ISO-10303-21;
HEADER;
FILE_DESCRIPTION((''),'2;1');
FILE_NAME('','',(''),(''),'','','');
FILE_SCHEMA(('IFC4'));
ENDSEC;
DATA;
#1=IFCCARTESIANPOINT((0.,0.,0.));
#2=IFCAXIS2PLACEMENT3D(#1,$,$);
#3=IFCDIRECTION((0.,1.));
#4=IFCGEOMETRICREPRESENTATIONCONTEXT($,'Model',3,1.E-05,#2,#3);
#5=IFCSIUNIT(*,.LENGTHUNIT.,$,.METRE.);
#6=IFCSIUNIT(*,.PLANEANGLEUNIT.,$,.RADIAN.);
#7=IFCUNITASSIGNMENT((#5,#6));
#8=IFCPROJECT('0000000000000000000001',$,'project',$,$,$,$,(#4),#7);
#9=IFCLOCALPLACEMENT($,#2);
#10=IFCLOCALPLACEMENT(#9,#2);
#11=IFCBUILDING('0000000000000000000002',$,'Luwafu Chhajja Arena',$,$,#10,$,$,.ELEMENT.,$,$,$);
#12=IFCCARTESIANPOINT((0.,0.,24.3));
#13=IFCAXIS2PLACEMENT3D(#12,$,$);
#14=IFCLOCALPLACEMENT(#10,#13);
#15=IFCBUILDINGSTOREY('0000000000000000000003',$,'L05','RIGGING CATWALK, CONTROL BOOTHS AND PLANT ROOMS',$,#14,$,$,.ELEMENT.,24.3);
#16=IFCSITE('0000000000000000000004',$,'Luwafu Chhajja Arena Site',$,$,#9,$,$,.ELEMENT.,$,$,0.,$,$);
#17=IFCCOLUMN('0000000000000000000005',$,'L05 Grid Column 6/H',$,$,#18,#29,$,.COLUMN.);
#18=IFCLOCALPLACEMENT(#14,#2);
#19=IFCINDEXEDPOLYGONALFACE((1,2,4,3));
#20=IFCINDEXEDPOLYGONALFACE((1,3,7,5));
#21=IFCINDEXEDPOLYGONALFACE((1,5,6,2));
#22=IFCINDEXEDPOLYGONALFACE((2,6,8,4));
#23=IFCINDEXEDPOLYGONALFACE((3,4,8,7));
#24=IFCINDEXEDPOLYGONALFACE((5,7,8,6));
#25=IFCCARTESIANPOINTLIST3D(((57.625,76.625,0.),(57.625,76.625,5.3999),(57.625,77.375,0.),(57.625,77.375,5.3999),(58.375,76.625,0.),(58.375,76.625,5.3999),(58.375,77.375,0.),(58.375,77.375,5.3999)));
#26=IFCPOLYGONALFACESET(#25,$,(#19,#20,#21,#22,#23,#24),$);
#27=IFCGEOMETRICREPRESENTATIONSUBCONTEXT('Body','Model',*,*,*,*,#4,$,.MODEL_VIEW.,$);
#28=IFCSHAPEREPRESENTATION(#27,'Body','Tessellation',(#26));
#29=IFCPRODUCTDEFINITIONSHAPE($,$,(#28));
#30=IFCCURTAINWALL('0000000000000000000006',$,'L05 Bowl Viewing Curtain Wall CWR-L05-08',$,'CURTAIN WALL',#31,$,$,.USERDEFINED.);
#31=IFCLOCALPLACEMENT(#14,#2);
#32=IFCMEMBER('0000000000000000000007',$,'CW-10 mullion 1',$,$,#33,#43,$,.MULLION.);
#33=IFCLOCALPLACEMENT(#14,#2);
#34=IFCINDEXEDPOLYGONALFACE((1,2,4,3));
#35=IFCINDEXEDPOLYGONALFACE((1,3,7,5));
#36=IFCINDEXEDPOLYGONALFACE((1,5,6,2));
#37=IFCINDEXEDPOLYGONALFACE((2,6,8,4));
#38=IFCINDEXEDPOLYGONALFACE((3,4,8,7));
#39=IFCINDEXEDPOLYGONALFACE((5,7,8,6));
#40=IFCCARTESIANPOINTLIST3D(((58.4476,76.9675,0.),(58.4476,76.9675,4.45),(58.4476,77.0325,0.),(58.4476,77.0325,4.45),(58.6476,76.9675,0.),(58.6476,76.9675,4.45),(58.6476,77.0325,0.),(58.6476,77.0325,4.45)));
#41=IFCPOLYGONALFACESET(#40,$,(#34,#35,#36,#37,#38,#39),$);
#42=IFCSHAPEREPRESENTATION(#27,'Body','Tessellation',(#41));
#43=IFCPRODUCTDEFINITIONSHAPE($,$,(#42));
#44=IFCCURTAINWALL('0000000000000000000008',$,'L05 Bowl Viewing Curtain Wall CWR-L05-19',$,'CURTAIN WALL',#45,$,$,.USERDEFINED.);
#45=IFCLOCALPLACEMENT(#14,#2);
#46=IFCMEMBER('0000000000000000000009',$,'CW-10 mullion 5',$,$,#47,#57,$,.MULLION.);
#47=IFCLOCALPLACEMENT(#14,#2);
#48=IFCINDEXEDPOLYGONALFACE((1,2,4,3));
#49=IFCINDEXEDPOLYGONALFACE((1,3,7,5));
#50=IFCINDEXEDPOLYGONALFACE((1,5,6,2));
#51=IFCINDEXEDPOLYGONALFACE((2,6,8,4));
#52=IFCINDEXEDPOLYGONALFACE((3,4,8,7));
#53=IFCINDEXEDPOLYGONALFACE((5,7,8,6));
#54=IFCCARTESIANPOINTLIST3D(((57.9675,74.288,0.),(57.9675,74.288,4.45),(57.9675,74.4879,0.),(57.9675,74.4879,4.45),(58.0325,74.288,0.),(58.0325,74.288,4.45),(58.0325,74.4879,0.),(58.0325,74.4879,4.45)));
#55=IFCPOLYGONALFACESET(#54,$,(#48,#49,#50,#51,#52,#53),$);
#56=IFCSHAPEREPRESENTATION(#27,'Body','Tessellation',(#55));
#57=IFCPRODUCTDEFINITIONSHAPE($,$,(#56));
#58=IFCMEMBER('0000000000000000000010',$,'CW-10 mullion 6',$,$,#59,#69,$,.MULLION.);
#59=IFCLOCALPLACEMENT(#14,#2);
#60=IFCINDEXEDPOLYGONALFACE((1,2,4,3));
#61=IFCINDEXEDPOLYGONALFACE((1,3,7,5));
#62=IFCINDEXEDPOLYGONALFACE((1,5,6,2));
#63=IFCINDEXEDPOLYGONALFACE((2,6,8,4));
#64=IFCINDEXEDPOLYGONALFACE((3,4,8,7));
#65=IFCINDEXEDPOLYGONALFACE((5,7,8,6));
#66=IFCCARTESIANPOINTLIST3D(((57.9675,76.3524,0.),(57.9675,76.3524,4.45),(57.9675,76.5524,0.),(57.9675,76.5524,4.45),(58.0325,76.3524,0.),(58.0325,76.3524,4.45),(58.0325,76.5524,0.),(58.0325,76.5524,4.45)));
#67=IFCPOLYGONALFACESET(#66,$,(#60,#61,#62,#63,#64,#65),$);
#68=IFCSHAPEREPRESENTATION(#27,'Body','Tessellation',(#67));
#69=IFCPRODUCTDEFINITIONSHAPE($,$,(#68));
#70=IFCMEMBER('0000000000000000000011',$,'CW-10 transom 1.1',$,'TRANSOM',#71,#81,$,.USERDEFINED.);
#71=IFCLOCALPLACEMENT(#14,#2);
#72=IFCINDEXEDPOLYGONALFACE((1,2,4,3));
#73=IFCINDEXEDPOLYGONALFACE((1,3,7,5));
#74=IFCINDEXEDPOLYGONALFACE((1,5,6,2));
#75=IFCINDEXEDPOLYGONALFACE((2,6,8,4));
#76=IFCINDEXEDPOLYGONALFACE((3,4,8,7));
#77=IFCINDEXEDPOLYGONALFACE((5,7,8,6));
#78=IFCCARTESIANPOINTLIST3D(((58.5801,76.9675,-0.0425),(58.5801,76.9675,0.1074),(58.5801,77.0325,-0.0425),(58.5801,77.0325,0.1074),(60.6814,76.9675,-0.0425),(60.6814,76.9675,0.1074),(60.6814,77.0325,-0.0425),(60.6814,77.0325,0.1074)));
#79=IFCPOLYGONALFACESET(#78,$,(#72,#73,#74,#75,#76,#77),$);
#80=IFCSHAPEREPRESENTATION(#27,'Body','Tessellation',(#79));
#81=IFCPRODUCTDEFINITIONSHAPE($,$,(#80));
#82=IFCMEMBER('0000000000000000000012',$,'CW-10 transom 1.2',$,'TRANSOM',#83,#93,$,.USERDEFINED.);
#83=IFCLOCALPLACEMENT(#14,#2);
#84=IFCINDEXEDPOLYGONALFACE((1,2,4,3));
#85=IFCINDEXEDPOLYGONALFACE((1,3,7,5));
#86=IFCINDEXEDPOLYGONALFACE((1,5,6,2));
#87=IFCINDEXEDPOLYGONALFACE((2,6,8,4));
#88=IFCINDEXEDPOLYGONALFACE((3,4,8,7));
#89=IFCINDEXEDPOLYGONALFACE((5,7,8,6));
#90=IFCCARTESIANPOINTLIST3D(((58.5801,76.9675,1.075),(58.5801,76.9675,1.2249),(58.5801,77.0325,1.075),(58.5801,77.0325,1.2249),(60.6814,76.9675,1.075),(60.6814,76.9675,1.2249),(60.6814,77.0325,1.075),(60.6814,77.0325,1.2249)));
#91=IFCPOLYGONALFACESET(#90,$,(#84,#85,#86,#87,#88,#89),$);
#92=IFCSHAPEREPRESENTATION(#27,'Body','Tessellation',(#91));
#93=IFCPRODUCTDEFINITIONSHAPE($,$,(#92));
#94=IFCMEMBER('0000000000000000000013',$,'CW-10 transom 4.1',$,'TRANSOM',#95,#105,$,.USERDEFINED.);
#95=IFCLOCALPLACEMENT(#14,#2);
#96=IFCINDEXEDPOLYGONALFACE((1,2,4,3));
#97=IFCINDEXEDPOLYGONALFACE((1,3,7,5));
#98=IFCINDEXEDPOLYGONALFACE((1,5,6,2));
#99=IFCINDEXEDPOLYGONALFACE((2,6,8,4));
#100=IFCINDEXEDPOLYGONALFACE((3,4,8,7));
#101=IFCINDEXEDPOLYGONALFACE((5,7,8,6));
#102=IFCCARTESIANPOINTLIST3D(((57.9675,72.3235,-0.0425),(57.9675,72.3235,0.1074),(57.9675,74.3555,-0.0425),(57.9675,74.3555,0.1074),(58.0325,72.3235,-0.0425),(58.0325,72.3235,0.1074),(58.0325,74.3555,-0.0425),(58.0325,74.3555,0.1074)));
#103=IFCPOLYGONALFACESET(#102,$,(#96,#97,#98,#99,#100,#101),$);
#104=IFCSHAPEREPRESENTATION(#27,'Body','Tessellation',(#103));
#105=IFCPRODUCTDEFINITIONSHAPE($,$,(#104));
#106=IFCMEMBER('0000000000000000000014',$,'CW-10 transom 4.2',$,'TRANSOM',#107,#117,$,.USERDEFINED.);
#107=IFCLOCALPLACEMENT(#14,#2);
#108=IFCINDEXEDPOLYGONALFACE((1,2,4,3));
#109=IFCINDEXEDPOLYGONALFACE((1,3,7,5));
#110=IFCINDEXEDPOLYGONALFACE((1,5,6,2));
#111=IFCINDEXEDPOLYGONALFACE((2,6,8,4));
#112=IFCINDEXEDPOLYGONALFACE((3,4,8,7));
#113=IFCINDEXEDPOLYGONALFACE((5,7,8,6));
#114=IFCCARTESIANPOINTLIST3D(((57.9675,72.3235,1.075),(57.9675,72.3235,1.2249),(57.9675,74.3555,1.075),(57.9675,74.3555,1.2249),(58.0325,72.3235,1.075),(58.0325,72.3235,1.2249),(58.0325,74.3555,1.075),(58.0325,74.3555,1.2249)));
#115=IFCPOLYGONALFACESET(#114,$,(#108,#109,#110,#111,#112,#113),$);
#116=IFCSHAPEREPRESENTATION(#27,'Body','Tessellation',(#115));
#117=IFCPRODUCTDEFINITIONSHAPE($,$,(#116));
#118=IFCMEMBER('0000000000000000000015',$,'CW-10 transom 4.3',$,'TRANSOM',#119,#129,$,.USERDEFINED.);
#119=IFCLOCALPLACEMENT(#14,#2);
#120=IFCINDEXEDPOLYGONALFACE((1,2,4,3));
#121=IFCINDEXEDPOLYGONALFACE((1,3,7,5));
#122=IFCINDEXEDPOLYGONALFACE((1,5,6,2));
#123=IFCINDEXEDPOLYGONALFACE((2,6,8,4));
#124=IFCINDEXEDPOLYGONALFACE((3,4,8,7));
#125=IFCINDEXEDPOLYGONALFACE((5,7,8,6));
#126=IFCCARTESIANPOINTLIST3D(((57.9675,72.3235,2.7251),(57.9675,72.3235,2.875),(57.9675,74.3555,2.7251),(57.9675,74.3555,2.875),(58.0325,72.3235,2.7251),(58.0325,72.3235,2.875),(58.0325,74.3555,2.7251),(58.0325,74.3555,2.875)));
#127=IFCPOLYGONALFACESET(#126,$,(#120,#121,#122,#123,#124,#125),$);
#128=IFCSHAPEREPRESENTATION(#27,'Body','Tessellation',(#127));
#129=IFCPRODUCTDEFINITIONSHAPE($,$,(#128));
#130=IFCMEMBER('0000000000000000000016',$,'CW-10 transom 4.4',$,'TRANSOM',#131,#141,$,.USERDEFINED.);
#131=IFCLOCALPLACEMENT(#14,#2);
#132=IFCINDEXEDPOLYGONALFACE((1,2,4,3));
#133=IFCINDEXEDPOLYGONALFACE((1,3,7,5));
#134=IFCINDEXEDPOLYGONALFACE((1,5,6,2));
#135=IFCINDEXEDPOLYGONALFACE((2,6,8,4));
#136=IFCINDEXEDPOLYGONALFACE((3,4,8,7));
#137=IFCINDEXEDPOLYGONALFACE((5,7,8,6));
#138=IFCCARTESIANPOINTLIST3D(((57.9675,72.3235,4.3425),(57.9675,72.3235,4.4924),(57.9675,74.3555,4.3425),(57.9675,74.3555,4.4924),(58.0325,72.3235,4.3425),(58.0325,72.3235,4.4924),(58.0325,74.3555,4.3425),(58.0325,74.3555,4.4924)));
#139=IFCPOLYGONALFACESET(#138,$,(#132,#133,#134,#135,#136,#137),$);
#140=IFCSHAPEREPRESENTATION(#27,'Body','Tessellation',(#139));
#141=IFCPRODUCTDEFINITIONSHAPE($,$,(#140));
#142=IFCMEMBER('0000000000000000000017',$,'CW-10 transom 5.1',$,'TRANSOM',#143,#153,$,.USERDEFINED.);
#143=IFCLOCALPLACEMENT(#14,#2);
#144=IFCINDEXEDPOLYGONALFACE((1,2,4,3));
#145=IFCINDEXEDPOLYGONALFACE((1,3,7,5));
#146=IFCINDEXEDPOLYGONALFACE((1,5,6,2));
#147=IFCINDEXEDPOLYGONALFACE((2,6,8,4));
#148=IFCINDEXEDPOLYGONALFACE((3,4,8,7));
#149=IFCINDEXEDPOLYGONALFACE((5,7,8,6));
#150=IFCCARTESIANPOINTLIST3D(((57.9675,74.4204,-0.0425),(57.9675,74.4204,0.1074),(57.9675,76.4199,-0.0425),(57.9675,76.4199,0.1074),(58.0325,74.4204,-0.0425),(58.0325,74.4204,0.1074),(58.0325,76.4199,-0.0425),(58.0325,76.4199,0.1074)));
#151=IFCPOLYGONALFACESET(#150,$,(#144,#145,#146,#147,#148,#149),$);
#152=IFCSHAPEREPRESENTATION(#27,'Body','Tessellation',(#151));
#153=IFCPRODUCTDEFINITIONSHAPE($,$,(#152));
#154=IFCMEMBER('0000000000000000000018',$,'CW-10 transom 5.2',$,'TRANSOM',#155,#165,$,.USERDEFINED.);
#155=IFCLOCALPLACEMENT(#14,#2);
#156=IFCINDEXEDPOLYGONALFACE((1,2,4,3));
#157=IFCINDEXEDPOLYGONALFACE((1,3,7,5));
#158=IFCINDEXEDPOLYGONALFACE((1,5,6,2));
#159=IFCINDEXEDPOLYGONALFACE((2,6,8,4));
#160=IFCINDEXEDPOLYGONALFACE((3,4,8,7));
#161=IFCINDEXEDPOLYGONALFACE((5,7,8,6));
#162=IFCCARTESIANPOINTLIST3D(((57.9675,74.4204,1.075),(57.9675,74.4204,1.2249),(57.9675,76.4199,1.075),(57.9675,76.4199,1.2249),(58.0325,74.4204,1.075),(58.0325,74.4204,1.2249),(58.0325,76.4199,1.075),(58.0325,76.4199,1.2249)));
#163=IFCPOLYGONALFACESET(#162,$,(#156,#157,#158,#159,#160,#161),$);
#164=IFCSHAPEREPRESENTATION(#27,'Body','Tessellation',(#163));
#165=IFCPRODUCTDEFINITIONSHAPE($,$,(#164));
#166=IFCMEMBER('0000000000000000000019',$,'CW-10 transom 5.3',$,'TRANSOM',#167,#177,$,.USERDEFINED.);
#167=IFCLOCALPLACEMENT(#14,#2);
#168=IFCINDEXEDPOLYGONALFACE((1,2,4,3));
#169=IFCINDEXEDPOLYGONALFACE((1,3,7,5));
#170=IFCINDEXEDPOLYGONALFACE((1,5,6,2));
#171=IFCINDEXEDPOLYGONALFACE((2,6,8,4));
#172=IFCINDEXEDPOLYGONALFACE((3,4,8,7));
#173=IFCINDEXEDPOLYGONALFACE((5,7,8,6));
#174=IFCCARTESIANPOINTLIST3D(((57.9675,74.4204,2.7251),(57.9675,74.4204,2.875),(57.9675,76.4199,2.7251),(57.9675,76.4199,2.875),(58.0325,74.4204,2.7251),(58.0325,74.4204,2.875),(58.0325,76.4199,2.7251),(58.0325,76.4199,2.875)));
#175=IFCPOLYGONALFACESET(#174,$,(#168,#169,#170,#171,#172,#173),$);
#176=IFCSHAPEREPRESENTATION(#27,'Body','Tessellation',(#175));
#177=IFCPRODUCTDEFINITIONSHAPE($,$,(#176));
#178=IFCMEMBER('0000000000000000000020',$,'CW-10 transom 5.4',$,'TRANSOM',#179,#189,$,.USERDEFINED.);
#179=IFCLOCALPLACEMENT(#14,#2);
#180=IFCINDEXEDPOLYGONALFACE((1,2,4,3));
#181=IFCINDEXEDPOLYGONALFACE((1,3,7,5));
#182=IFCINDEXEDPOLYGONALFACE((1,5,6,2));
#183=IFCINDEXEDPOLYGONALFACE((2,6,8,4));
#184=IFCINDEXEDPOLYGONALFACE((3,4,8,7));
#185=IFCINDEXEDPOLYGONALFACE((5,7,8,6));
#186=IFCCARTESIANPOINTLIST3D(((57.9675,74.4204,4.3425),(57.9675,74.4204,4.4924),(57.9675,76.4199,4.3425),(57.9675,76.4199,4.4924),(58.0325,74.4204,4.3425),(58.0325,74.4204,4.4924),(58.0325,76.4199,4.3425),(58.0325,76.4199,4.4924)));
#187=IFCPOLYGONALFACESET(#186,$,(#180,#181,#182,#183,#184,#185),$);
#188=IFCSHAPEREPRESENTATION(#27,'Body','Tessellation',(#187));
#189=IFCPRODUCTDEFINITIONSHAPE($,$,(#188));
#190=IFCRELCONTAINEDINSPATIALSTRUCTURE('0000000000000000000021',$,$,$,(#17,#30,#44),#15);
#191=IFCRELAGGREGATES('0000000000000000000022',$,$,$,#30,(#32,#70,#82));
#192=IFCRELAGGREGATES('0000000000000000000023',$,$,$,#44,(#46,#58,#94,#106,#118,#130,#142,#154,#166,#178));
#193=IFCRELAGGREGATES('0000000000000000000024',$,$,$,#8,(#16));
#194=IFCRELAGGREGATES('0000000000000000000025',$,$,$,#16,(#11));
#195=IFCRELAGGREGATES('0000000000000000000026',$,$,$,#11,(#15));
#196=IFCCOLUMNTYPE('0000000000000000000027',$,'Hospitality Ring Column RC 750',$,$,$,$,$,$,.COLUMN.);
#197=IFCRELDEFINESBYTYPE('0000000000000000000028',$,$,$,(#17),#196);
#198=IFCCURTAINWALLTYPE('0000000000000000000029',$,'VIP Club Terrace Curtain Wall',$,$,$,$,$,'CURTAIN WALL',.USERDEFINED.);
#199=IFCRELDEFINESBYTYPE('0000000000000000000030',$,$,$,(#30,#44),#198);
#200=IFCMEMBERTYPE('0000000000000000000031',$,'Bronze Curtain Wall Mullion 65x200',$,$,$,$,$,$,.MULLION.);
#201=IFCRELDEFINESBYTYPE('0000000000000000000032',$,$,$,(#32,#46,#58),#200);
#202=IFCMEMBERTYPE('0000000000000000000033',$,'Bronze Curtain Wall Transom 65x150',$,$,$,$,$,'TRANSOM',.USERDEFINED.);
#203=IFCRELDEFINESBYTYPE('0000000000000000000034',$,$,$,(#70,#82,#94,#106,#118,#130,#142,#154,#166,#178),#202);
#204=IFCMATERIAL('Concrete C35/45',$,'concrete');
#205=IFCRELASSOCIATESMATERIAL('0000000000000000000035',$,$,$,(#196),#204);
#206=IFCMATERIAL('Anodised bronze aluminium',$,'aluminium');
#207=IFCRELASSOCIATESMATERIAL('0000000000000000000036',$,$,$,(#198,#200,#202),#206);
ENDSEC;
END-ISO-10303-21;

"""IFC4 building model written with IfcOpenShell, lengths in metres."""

from ifc_helpers import new_model, si_unit, direction, frame, origin, origin_2d, place, context, subcontext, project, spatial, rectangle, extrude, material, material_profile, profile_set, type_object, element, aggregate, save


model = new_model("IFC4")

# Units and contexts
model_context = context("Model", 3, precision=1e-05, world=origin(), true_north=direction((0.0, 1.0)))
body_context = subcontext(model_context, "Body", "Model", "MODEL_VIEW")
ifc_project = project(units=[si_unit("LENGTHUNIT", "METRE"), si_unit("PLANEANGLEUNIT", "RADIAN")], contexts=[model_context])

# Site, building, storey
site_placement = place(None, origin())
site = spatial("IfcSite", under=ifc_project, at=site_placement, Name="Luwafu Chhajja Arena Site", CompositionType="ELEMENT", RefElevation=0.0)
building_placement = place(site_placement, origin())
building = spatial("IfcBuilding", under=site, at=building_placement, Name="Luwafu Chhajja Arena", CompositionType="ELEMENT")
storey_placement = place(building_placement, frame((0.0, 0.0, 24.3)))
storey = spatial("IfcBuildingStorey", under=building, at=storey_placement, Name="L05", Description="RIGGING CATWALK, CONTROL BOOTHS AND PLANT ROOMS", CompositionType="ELEMENT", Elevation=24.3)

# Column
ifc_material_1 = material(Name="Concrete C35/45", Category="concrete")
ifc_material_profile_1 = material_profile(ifc_material_1, rectangle(XDim=0.75, YDim=0.75, at=origin_2d()), Name="RC 750x750")
ifc_profile_set_1 = profile_set([ifc_material_profile_1], Name="Concrete C35/45")
column_type = type_object("IfcColumnType", Name="Hospitality Ring Column RC 750", PredefinedType="COLUMN", material=ifc_profile_set_1)
column_placement = place(storey_placement, frame((58.0, 77.0, 0.0), z_axis=(0.0, 0.0, 1.0), x_axis=(1.0, 0.0, 0.0)))
element("IfcColumn", 1, at=column_placement, inside=storey, type_object=column_type, Name="L05 Grid Column 6/H", PredefinedType="COLUMN", context=body_context, shape_type="SweptSolid", body=[
    extrude(rectangle(XDim=0.75, YDim=0.75, at=origin_2d()), origin(), (0.0, 0.0, 1.0), 5.3999),
])

# Curtain wall, member
ifc_material_2 = material(Name="Anodised bronze aluminium", Category="aluminium")
curtain_wall_type = type_object("IfcCurtainWallType", Name="VIP Club Terrace Curtain Wall", ElementType="CURTAIN WALL", PredefinedType="USERDEFINED", material=ifc_material_2)
curtain_wall_1_placement = place(storey_placement, origin())
curtain_wall_1 = element("IfcCurtainWall", 2, at=curtain_wall_1_placement, inside=storey, type_object=curtain_wall_type, Name="L05 Bowl Viewing Curtain Wall CWR-L05-08", ObjectType="CURTAIN WALL", PredefinedType="USERDEFINED")
ifc_material_profile_2 = material_profile(ifc_material_2, rectangle(XDim=0.0649, YDim=0.2, at=origin_2d()), Name="CWM 65x200")
ifc_profile_set_2 = profile_set([ifc_material_profile_2], Name="Anodised bronze aluminium")
member_type_1 = type_object("IfcMemberType", Name="Bronze Curtain Wall Mullion 65x200", PredefinedType="MULLION", material=ifc_profile_set_2)
member_1_placement = place(storey_placement, frame((58.5476, 77.0, 0.0), z_axis=(0.0, 0.0, 1.0), x_axis=(0.0, 1.0, 0.0)))
member_1 = element("IfcMember", 3, at=member_1_placement, type_object=member_type_1, Name="CW-10 mullion 1", PredefinedType="MULLION", context=body_context, shape_type="SweptSolid", body=[
    extrude(rectangle(XDim=0.0649, YDim=0.2, at=origin_2d()), origin(), (0.0, 0.0, 1.0), 4.45),
])

# Curtain wall, members
curtain_wall_2_placement = place(storey_placement, origin())
curtain_wall_2 = element("IfcCurtainWall", 4, at=curtain_wall_2_placement, inside=storey, type_object=curtain_wall_type, Name="L05 Bowl Viewing Curtain Wall CWR-L05-19", ObjectType="CURTAIN WALL", PredefinedType="USERDEFINED")
member_2_placement = place(storey_placement, frame((58.0, 74.3879, 0.0), z_axis=(0.0, 0.0, 1.0), x_axis=(-1.0, 0.0, 0.0)))
member_2 = element("IfcMember", 5, at=member_2_placement, type_object=member_type_1, Name="CW-10 mullion 5", PredefinedType="MULLION", context=body_context, shape_type="SweptSolid", body=[
    extrude(rectangle(XDim=0.0649, YDim=0.2, at=origin_2d()), origin(), (0.0, 0.0, 1.0), 4.45),
])
member_3_placement = place(storey_placement, frame((58.0, 76.4524, 0.0), z_axis=(0.0, 0.0, 1.0), x_axis=(-1.0, 0.0, 0.0)))
member_3 = element("IfcMember", 6, at=member_3_placement, type_object=member_type_1, Name="CW-10 mullion 6", PredefinedType="MULLION", context=body_context, shape_type="SweptSolid", body=[
    extrude(rectangle(XDim=0.0649, YDim=0.2, at=origin_2d()), origin(), (0.0, 0.0, 1.0), 4.45),
])

# Members
ifc_material_profile_3 = material_profile(ifc_material_2, rectangle(XDim=0.0649, YDim=0.1499, at=origin_2d()), Name="CWT 65x150")
ifc_profile_set_3 = profile_set([ifc_material_profile_3], Name="Anodised bronze aluminium")
member_type_2 = type_object("IfcMemberType", Name="Bronze Curtain Wall Transom 65x150", ElementType="TRANSOM", PredefinedType="USERDEFINED", material=ifc_profile_set_3)
member_4_placement = place(storey_placement, frame((58.5801, 77.0, 0.0325), z_axis=(1.0, 0.0, 0.0), x_axis=(0.0, 1.0, 0.0)))
member_4 = element("IfcMember", 7, at=member_4_placement, type_object=member_type_2, Name="CW-10 transom 1.1", ObjectType="TRANSOM", PredefinedType="USERDEFINED", context=body_context, shape_type="SweptSolid", body=[
    extrude(rectangle(XDim=0.0649, YDim=0.1499, at=origin_2d()), origin(), (0.0, 0.0, 1.0), 2.1013),
])
member_5_placement = place(storey_placement, frame((58.5801, 77.0, 1.1499), z_axis=(1.0, 0.0, 0.0), x_axis=(0.0, 1.0, 0.0)))
member_5 = element("IfcMember", 8, at=member_5_placement, type_object=member_type_2, Name="CW-10 transom 1.2", ObjectType="TRANSOM", PredefinedType="USERDEFINED", context=body_context, shape_type="SweptSolid", body=[
    extrude(rectangle(XDim=0.0649, YDim=0.1499, at=origin_2d()), origin(), (0.0, 0.0, 1.0), 2.1013),
])
aggregate(curtain_wall_1, [member_1, member_4, member_5])
member_6_placement = place(storey_placement, frame((58.0, 72.3235, 0.0325), z_axis=(0.0, 1.0, 0.0), x_axis=(-1.0, 0.0, 0.0)))
member_6 = element("IfcMember", 9, at=member_6_placement, type_object=member_type_2, Name="CW-10 transom 4.1", ObjectType="TRANSOM", PredefinedType="USERDEFINED", context=body_context, shape_type="SweptSolid", body=[
    extrude(rectangle(XDim=0.0649, YDim=0.1499, at=origin_2d()), origin(), (0.0, 0.0, 1.0), 2.032),
])
member_7_placement = place(storey_placement, frame((58.0, 72.3235, 1.1499), z_axis=(0.0, 1.0, 0.0), x_axis=(-1.0, 0.0, 0.0)))
member_7 = element("IfcMember", 10, at=member_7_placement, type_object=member_type_2, Name="CW-10 transom 4.2", ObjectType="TRANSOM", PredefinedType="USERDEFINED", context=body_context, shape_type="SweptSolid", body=[
    extrude(rectangle(XDim=0.0649, YDim=0.1499, at=origin_2d()), origin(), (0.0, 0.0, 1.0), 2.032),
])
member_8_placement = place(storey_placement, frame((58.0, 72.3235, 2.8), z_axis=(0.0, 1.0, 0.0), x_axis=(-1.0, 0.0, 0.0)))
member_8 = element("IfcMember", 11, at=member_8_placement, type_object=member_type_2, Name="CW-10 transom 4.3", ObjectType="TRANSOM", PredefinedType="USERDEFINED", context=body_context, shape_type="SweptSolid", body=[
    extrude(rectangle(XDim=0.0649, YDim=0.1499, at=origin_2d()), origin(), (0.0, 0.0, 1.0), 2.032),
])
member_9_placement = place(storey_placement, frame((58.0, 72.3235, 4.4175), z_axis=(0.0, 1.0, 0.0), x_axis=(-1.0, 0.0, 0.0)))
member_9 = element("IfcMember", 12, at=member_9_placement, type_object=member_type_2, Name="CW-10 transom 4.4", ObjectType="TRANSOM", PredefinedType="USERDEFINED", context=body_context, shape_type="SweptSolid", body=[
    extrude(rectangle(XDim=0.0649, YDim=0.1499, at=origin_2d()), origin(), (0.0, 0.0, 1.0), 2.032),
])
member_10_placement = place(storey_placement, frame((58.0, 74.4204, 0.0325), z_axis=(0.0, 1.0, 0.0), x_axis=(-1.0, 0.0, 0.0)))
member_10 = element("IfcMember", 13, at=member_10_placement, type_object=member_type_2, Name="CW-10 transom 5.1", ObjectType="TRANSOM", PredefinedType="USERDEFINED", context=body_context, shape_type="SweptSolid", body=[
    extrude(rectangle(XDim=0.0649, YDim=0.1499, at=origin_2d()), origin(), (0.0, 0.0, 1.0), 1.9995),
])
member_11_placement = place(storey_placement, frame((58.0, 74.4204, 1.1499), z_axis=(0.0, 1.0, 0.0), x_axis=(-1.0, 0.0, 0.0)))
member_11 = element("IfcMember", 14, at=member_11_placement, type_object=member_type_2, Name="CW-10 transom 5.2", ObjectType="TRANSOM", PredefinedType="USERDEFINED", context=body_context, shape_type="SweptSolid", body=[
    extrude(rectangle(XDim=0.0649, YDim=0.1499, at=origin_2d()), origin(), (0.0, 0.0, 1.0), 1.9995),
])
member_12_placement = place(storey_placement, frame((58.0, 74.4204, 2.8), z_axis=(0.0, 1.0, 0.0), x_axis=(-1.0, 0.0, 0.0)))
member_12 = element("IfcMember", 15, at=member_12_placement, type_object=member_type_2, Name="CW-10 transom 5.3", ObjectType="TRANSOM", PredefinedType="USERDEFINED", context=body_context, shape_type="SweptSolid", body=[
    extrude(rectangle(XDim=0.0649, YDim=0.1499, at=origin_2d()), origin(), (0.0, 0.0, 1.0), 1.9995),
])
member_13_placement = place(storey_placement, frame((58.0, 74.4204, 4.4175), z_axis=(0.0, 1.0, 0.0), x_axis=(-1.0, 0.0, 0.0)))
member_13 = element("IfcMember", 16, at=member_13_placement, type_object=member_type_2, Name="CW-10 transom 5.4", ObjectType="TRANSOM", PredefinedType="USERDEFINED", context=body_context, shape_type="SweptSolid", body=[
    extrude(rectangle(XDim=0.0649, YDim=0.1499, at=origin_2d()), origin(), (0.0, 0.0, 1.0), 1.9995),
])

aggregate(curtain_wall_2, [member_2, member_3, member_6, member_7, member_8, member_9, member_10, member_11, member_12, member_13])

save(model, "model.ifc")
